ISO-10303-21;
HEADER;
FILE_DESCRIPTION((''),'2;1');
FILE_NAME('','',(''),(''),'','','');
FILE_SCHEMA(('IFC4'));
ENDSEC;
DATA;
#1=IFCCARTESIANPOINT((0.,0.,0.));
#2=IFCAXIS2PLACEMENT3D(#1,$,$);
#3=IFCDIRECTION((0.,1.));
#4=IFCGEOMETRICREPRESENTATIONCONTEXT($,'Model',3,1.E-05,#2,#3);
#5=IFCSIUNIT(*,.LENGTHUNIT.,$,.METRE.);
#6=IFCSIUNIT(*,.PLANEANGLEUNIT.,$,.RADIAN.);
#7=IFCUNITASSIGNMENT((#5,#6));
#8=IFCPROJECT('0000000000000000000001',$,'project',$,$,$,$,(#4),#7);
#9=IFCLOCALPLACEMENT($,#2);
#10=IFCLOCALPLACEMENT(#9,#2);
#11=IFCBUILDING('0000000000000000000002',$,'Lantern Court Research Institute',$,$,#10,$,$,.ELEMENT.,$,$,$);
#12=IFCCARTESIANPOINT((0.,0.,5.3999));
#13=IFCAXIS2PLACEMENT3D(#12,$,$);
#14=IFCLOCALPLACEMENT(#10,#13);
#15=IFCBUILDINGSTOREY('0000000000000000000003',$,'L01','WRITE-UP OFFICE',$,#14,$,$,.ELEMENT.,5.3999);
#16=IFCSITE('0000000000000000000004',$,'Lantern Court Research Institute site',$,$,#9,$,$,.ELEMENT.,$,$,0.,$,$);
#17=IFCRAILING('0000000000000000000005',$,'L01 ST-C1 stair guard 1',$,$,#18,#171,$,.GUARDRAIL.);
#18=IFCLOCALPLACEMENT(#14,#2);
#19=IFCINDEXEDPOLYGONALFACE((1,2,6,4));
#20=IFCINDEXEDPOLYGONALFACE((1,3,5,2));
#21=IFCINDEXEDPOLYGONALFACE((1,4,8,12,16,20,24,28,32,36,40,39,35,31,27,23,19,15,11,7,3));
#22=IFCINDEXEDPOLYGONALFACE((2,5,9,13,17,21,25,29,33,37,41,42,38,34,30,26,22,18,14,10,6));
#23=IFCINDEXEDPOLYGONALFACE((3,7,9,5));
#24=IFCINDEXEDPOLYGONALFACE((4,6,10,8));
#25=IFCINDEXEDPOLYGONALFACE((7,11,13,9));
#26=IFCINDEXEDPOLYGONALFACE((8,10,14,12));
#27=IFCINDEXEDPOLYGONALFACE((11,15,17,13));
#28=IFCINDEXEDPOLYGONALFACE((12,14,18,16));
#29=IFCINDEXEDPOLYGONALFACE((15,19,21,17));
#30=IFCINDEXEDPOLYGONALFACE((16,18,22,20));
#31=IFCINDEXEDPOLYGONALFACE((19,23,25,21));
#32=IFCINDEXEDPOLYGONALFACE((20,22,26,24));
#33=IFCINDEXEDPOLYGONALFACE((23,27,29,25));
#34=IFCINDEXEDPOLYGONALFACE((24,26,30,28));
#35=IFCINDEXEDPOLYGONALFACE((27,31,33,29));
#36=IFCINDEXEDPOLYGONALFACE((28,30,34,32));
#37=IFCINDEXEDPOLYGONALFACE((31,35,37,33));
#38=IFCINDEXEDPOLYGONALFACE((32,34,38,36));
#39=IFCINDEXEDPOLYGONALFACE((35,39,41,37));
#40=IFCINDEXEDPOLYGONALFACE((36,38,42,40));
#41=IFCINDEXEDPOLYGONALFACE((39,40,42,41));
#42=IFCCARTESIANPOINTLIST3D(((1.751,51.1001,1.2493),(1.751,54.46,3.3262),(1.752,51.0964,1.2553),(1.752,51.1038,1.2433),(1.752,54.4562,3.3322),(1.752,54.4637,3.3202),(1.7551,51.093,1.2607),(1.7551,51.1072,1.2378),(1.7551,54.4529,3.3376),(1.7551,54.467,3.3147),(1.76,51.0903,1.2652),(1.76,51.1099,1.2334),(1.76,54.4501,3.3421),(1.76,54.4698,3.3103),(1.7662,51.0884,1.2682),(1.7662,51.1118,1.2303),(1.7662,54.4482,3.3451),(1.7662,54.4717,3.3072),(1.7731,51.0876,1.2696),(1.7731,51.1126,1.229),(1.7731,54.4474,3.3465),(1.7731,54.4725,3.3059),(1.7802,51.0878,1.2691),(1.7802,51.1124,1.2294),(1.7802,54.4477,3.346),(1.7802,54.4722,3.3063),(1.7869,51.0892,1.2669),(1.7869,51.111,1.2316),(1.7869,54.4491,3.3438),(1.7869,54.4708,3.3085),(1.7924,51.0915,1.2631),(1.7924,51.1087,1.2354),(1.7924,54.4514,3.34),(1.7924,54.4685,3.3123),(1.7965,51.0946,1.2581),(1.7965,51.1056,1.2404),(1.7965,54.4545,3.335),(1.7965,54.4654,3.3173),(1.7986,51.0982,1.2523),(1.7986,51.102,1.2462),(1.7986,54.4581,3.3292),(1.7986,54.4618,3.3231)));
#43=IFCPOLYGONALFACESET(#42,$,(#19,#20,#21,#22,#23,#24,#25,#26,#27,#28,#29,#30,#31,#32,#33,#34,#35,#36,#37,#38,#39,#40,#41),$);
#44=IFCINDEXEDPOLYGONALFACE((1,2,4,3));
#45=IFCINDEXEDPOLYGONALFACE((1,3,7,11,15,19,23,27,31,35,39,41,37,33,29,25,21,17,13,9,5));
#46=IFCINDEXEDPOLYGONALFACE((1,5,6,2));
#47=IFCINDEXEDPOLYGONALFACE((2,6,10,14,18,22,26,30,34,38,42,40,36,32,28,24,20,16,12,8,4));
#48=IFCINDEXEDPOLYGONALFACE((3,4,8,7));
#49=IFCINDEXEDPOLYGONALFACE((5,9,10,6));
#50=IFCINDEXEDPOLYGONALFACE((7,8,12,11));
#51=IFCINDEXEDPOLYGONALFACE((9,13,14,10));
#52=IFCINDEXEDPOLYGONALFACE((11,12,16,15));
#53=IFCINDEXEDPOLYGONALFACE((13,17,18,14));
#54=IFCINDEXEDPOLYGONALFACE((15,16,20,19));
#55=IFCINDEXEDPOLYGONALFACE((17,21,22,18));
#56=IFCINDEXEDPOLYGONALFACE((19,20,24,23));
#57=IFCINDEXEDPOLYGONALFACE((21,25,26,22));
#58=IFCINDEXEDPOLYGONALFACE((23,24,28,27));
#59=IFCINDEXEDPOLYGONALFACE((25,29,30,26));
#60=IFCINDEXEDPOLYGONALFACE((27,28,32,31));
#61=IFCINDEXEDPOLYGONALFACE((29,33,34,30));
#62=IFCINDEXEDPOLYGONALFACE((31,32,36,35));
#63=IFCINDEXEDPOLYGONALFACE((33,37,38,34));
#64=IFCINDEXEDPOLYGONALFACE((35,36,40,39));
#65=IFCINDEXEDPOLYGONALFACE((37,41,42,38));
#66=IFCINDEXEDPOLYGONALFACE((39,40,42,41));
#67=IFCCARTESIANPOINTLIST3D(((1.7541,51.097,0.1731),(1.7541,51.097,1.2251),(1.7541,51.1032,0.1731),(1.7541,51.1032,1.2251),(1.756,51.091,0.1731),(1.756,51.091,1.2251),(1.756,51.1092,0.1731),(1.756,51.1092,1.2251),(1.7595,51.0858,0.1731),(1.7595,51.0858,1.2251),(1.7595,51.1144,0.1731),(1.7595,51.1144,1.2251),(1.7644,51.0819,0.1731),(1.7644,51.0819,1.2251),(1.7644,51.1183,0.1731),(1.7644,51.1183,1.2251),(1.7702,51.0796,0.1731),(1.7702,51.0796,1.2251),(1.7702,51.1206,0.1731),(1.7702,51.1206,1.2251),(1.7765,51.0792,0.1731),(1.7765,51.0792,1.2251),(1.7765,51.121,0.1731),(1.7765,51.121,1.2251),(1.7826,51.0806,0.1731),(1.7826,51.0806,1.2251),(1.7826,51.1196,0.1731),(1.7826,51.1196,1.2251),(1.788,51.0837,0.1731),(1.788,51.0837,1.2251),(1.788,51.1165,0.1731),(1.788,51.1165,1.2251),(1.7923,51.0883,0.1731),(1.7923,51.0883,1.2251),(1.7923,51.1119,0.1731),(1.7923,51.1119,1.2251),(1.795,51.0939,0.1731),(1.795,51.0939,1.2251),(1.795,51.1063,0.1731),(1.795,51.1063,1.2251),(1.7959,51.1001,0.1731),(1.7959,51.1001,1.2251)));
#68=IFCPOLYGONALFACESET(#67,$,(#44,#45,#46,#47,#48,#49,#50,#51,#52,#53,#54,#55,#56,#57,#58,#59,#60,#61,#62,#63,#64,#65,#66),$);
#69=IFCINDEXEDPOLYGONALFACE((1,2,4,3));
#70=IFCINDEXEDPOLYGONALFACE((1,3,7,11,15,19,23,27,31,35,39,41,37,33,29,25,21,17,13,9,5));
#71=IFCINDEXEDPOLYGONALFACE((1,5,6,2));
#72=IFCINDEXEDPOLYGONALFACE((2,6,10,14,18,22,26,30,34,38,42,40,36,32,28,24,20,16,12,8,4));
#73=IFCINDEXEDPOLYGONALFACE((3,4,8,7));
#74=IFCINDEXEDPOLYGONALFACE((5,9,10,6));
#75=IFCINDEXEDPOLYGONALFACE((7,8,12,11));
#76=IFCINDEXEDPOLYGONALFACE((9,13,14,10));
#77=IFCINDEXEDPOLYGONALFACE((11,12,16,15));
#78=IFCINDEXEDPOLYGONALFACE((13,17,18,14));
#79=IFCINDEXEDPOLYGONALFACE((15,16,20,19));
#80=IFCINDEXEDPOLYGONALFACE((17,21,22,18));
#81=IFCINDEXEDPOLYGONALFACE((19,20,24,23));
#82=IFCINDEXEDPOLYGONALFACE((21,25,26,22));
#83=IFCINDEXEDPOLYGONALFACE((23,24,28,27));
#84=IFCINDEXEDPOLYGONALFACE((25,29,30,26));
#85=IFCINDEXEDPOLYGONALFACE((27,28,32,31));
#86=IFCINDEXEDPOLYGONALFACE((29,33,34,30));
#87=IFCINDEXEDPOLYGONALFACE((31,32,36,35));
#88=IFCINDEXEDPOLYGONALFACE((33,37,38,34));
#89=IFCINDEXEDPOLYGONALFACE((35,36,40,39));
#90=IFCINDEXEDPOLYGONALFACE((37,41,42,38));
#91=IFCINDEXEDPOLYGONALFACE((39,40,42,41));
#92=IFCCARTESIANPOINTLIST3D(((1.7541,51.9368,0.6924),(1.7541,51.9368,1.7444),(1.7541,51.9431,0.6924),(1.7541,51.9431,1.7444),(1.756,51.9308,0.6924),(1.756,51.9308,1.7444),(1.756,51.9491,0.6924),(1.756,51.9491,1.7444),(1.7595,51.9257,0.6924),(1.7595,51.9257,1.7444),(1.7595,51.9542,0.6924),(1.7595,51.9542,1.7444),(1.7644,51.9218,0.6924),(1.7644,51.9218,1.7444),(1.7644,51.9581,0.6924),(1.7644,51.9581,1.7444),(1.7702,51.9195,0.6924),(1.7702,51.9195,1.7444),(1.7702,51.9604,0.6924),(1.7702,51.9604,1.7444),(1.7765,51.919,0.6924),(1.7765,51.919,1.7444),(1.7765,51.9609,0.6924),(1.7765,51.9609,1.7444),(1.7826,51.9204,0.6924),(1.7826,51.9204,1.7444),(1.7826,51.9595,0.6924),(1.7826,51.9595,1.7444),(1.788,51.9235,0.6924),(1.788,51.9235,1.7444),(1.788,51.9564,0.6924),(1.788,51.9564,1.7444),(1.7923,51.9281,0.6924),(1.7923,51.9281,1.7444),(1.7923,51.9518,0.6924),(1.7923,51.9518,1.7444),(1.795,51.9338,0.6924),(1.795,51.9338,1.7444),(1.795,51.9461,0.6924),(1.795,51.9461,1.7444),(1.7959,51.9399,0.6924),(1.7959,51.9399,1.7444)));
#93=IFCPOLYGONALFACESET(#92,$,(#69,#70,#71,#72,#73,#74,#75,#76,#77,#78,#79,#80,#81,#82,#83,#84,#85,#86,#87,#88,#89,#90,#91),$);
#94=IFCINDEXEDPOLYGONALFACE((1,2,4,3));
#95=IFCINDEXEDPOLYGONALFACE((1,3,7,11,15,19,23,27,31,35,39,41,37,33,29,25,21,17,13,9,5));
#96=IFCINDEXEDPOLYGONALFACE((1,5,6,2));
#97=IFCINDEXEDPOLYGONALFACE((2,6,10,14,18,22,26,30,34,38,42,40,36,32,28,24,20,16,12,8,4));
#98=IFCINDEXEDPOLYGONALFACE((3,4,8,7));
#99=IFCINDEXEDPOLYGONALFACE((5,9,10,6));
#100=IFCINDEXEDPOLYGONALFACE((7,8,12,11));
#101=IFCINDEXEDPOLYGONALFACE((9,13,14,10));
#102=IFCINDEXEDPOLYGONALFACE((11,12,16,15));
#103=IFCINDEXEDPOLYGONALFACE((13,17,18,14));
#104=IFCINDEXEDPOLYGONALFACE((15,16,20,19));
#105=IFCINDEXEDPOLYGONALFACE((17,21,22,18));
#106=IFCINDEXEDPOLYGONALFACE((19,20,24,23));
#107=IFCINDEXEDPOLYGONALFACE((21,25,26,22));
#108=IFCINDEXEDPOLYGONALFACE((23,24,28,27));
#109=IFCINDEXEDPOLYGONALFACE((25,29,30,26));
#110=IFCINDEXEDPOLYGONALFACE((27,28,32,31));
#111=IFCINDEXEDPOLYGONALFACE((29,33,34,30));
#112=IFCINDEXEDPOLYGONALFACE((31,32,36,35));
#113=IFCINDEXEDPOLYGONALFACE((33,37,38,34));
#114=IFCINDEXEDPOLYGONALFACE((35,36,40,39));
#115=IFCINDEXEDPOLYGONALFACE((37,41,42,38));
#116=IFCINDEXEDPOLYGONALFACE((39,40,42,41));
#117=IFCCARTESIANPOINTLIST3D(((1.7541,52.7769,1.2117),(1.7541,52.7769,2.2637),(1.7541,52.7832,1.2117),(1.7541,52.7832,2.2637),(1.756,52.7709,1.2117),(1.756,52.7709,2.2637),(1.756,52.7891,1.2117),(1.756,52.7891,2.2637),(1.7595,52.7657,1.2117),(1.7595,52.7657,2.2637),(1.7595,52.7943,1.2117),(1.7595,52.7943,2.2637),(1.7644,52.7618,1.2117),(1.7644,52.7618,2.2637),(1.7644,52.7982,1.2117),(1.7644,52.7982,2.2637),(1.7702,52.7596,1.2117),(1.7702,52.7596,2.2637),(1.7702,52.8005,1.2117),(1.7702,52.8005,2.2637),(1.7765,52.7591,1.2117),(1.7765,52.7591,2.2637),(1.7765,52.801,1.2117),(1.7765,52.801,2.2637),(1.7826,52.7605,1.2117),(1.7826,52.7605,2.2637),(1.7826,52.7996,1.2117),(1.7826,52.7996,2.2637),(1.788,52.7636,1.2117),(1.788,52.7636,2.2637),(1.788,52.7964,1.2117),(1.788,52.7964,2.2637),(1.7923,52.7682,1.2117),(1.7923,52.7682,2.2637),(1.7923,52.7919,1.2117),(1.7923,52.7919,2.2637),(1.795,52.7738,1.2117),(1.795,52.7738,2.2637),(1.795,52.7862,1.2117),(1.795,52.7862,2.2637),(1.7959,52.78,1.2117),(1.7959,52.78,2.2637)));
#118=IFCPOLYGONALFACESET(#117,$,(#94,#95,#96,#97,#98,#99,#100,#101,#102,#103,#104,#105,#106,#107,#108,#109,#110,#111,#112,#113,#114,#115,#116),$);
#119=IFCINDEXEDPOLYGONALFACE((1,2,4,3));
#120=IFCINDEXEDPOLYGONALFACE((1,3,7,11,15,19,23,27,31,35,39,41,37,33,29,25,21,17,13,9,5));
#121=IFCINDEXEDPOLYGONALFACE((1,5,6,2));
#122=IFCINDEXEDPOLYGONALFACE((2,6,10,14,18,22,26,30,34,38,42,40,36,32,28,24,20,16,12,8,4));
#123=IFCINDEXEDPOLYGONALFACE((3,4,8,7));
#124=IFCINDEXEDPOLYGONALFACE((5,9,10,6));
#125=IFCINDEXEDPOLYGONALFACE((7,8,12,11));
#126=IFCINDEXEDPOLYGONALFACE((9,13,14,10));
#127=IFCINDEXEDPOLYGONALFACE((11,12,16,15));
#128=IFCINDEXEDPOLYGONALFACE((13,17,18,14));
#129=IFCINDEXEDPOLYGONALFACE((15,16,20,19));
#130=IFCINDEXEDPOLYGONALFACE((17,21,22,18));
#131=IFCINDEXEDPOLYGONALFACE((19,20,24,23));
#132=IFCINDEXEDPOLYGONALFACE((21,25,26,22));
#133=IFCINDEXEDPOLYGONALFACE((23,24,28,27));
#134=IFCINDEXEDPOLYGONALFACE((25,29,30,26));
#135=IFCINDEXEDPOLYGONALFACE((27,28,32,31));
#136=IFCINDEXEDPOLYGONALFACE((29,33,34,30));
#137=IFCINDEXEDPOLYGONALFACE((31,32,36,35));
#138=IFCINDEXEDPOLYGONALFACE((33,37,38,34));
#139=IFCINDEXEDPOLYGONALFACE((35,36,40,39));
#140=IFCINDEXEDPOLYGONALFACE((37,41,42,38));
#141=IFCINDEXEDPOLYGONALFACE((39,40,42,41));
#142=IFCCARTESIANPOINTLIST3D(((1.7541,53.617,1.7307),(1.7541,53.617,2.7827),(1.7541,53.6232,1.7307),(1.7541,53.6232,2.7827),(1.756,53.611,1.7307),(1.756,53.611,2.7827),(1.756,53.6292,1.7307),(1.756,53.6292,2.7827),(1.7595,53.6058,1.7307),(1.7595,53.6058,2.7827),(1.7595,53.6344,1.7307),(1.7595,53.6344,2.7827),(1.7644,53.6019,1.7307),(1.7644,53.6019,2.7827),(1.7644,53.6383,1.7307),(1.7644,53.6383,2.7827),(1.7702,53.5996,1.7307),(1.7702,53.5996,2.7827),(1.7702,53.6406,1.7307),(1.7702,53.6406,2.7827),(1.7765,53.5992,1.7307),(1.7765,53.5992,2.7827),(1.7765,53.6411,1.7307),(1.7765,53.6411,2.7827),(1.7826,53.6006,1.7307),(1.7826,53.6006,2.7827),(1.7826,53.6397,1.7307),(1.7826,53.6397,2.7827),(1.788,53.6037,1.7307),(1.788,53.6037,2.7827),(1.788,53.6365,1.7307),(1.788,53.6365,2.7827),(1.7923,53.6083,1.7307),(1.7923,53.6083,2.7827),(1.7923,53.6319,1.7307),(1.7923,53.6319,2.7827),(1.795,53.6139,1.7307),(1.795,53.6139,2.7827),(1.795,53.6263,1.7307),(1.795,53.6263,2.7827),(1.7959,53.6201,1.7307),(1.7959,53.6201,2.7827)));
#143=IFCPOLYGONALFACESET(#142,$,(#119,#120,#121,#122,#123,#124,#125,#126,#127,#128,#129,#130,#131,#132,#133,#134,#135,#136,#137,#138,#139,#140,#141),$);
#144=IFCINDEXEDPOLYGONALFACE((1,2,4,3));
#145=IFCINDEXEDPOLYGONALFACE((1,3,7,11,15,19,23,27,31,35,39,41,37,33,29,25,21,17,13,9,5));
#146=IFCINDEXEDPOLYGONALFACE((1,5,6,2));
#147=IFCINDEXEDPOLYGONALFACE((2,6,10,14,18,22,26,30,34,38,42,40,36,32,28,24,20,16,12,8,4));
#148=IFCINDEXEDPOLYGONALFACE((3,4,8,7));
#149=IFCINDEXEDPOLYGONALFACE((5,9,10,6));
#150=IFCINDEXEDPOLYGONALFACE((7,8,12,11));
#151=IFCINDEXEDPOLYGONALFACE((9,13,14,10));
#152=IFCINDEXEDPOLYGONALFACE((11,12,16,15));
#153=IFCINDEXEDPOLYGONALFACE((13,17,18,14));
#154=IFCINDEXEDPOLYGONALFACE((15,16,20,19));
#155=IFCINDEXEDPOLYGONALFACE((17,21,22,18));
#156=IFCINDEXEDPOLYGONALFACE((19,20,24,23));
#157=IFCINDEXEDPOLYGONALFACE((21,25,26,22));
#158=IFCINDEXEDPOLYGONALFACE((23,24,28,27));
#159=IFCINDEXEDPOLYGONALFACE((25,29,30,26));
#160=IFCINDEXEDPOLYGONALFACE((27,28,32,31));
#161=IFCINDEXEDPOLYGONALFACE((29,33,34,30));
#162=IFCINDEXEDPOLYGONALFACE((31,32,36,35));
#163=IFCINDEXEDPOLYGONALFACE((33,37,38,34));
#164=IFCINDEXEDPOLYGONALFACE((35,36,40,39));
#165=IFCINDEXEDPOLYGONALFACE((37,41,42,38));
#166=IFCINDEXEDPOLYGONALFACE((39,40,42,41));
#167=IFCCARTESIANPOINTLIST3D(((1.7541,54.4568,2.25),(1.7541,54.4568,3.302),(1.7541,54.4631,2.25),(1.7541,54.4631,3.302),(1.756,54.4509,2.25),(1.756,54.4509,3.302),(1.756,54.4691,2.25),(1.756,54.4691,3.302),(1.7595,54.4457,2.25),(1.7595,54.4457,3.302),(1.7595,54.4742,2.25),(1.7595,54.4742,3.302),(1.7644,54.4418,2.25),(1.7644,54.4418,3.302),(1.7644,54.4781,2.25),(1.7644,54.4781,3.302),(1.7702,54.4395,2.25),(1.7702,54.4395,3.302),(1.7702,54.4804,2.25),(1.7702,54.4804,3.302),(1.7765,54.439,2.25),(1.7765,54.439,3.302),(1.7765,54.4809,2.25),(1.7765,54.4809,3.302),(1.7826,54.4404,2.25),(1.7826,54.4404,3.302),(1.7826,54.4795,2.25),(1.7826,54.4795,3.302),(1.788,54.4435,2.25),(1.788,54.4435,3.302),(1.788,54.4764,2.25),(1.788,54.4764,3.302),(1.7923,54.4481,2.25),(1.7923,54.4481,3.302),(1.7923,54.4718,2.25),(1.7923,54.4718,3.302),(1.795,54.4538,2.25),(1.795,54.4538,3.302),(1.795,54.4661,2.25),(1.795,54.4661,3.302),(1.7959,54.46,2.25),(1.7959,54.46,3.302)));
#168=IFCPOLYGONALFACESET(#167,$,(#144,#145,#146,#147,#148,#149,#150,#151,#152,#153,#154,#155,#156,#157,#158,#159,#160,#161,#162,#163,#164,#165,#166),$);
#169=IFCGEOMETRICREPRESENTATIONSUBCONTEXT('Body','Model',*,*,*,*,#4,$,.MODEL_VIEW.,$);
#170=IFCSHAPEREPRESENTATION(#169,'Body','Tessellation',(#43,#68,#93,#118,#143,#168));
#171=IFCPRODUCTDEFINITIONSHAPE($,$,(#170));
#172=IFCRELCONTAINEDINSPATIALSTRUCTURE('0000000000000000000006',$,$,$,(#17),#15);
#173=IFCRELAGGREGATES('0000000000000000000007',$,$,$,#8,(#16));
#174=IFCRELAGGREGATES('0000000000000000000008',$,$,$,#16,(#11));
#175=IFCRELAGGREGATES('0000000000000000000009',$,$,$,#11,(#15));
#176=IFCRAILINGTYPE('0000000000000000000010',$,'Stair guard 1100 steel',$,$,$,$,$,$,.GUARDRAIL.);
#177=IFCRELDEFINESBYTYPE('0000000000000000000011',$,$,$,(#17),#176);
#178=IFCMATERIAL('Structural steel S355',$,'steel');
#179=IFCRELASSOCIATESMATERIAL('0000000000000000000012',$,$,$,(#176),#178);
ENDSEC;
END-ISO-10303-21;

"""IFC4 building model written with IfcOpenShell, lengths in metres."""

from ifc_helpers import new_model, si_unit, direction, frame, origin, origin_2d, place, context, subcontext, project, spatial, circle, extrude, material, type_object, element, save


model = new_model("IFC4")

# Units and contexts
model_context = context("Model", 3, precision=1e-05, world=origin(), true_north=direction((0.0, 1.0)))
body_context = subcontext(model_context, "Body", "Model", "MODEL_VIEW")
ifc_project = project(units=[si_unit("LENGTHUNIT", "METRE"), si_unit("PLANEANGLEUNIT", "RADIAN")], contexts=[model_context])

# Site, building, storey
site_placement = place(None, origin())
site = spatial("IfcSite", under=ifc_project, at=site_placement, Name="Lantern Court Research Institute site", CompositionType="ELEMENT", RefElevation=0.0)
building_placement = place(site_placement, origin())
building = spatial("IfcBuilding", under=site, at=building_placement, Name="Lantern Court Research Institute", CompositionType="ELEMENT")
storey_placement = place(building_placement, frame((0.0, 0.0, 5.3999)))
storey = spatial("IfcBuildingStorey", under=building, at=storey_placement, Name="L01", Description="WRITE-UP OFFICE", CompositionType="ELEMENT", Elevation=5.3999)

# Railing
ifc_material_1 = material(Name="Structural steel S355", Category="steel")
railing_type_1 = type_object("IfcRailingType", Name="Stair guard 1100 steel", PredefinedType="GUARDRAIL", material=ifc_material_1)
railing_1_placement = place(storey_placement, frame((1.7749, 51.1001, 0.1731)))
element("IfcRailing", 1, at=railing_1_placement, inside=storey, type_object=railing_type_1, Name="L01 ST-C1 stair guard 1", PredefinedType="GUARDRAIL", context=body_context, shape_type="SweptSolid", body=[
    extrude(circle(Radius=0.0239, at=origin_2d()), frame((0.0, 0.0, 1.0762), z_axis=(0.0, 0.850606, 0.525803), x_axis=(-1.0, 0.0, 0.0)), (0.0, 0.0, 1.0), 3.95),
    extrude(circle(Radius=0.021, at=origin_2d()), origin(), (0.0, 0.0, 1.0), 1.052),
    extrude(circle(Radius=0.021, at=origin_2d()), frame((0.0, 0.8398, 0.5193)), (0.0, 0.0, 1.0), 1.052),
    extrude(circle(Radius=0.021, at=origin_2d()), frame((0.0, 1.6799, 1.0386)), (0.0, 0.0, 1.0), 1.052),
    extrude(circle(Radius=0.021, at=origin_2d()), frame((0.0, 2.52, 1.5576)), (0.0, 0.0, 1.0), 1.052),
    extrude(circle(Radius=0.021, at=origin_2d()), frame((0.0, 3.3599, 2.0769)), (0.0, 0.0, 1.0), 1.052),
])

save(model, "model.ifc")
